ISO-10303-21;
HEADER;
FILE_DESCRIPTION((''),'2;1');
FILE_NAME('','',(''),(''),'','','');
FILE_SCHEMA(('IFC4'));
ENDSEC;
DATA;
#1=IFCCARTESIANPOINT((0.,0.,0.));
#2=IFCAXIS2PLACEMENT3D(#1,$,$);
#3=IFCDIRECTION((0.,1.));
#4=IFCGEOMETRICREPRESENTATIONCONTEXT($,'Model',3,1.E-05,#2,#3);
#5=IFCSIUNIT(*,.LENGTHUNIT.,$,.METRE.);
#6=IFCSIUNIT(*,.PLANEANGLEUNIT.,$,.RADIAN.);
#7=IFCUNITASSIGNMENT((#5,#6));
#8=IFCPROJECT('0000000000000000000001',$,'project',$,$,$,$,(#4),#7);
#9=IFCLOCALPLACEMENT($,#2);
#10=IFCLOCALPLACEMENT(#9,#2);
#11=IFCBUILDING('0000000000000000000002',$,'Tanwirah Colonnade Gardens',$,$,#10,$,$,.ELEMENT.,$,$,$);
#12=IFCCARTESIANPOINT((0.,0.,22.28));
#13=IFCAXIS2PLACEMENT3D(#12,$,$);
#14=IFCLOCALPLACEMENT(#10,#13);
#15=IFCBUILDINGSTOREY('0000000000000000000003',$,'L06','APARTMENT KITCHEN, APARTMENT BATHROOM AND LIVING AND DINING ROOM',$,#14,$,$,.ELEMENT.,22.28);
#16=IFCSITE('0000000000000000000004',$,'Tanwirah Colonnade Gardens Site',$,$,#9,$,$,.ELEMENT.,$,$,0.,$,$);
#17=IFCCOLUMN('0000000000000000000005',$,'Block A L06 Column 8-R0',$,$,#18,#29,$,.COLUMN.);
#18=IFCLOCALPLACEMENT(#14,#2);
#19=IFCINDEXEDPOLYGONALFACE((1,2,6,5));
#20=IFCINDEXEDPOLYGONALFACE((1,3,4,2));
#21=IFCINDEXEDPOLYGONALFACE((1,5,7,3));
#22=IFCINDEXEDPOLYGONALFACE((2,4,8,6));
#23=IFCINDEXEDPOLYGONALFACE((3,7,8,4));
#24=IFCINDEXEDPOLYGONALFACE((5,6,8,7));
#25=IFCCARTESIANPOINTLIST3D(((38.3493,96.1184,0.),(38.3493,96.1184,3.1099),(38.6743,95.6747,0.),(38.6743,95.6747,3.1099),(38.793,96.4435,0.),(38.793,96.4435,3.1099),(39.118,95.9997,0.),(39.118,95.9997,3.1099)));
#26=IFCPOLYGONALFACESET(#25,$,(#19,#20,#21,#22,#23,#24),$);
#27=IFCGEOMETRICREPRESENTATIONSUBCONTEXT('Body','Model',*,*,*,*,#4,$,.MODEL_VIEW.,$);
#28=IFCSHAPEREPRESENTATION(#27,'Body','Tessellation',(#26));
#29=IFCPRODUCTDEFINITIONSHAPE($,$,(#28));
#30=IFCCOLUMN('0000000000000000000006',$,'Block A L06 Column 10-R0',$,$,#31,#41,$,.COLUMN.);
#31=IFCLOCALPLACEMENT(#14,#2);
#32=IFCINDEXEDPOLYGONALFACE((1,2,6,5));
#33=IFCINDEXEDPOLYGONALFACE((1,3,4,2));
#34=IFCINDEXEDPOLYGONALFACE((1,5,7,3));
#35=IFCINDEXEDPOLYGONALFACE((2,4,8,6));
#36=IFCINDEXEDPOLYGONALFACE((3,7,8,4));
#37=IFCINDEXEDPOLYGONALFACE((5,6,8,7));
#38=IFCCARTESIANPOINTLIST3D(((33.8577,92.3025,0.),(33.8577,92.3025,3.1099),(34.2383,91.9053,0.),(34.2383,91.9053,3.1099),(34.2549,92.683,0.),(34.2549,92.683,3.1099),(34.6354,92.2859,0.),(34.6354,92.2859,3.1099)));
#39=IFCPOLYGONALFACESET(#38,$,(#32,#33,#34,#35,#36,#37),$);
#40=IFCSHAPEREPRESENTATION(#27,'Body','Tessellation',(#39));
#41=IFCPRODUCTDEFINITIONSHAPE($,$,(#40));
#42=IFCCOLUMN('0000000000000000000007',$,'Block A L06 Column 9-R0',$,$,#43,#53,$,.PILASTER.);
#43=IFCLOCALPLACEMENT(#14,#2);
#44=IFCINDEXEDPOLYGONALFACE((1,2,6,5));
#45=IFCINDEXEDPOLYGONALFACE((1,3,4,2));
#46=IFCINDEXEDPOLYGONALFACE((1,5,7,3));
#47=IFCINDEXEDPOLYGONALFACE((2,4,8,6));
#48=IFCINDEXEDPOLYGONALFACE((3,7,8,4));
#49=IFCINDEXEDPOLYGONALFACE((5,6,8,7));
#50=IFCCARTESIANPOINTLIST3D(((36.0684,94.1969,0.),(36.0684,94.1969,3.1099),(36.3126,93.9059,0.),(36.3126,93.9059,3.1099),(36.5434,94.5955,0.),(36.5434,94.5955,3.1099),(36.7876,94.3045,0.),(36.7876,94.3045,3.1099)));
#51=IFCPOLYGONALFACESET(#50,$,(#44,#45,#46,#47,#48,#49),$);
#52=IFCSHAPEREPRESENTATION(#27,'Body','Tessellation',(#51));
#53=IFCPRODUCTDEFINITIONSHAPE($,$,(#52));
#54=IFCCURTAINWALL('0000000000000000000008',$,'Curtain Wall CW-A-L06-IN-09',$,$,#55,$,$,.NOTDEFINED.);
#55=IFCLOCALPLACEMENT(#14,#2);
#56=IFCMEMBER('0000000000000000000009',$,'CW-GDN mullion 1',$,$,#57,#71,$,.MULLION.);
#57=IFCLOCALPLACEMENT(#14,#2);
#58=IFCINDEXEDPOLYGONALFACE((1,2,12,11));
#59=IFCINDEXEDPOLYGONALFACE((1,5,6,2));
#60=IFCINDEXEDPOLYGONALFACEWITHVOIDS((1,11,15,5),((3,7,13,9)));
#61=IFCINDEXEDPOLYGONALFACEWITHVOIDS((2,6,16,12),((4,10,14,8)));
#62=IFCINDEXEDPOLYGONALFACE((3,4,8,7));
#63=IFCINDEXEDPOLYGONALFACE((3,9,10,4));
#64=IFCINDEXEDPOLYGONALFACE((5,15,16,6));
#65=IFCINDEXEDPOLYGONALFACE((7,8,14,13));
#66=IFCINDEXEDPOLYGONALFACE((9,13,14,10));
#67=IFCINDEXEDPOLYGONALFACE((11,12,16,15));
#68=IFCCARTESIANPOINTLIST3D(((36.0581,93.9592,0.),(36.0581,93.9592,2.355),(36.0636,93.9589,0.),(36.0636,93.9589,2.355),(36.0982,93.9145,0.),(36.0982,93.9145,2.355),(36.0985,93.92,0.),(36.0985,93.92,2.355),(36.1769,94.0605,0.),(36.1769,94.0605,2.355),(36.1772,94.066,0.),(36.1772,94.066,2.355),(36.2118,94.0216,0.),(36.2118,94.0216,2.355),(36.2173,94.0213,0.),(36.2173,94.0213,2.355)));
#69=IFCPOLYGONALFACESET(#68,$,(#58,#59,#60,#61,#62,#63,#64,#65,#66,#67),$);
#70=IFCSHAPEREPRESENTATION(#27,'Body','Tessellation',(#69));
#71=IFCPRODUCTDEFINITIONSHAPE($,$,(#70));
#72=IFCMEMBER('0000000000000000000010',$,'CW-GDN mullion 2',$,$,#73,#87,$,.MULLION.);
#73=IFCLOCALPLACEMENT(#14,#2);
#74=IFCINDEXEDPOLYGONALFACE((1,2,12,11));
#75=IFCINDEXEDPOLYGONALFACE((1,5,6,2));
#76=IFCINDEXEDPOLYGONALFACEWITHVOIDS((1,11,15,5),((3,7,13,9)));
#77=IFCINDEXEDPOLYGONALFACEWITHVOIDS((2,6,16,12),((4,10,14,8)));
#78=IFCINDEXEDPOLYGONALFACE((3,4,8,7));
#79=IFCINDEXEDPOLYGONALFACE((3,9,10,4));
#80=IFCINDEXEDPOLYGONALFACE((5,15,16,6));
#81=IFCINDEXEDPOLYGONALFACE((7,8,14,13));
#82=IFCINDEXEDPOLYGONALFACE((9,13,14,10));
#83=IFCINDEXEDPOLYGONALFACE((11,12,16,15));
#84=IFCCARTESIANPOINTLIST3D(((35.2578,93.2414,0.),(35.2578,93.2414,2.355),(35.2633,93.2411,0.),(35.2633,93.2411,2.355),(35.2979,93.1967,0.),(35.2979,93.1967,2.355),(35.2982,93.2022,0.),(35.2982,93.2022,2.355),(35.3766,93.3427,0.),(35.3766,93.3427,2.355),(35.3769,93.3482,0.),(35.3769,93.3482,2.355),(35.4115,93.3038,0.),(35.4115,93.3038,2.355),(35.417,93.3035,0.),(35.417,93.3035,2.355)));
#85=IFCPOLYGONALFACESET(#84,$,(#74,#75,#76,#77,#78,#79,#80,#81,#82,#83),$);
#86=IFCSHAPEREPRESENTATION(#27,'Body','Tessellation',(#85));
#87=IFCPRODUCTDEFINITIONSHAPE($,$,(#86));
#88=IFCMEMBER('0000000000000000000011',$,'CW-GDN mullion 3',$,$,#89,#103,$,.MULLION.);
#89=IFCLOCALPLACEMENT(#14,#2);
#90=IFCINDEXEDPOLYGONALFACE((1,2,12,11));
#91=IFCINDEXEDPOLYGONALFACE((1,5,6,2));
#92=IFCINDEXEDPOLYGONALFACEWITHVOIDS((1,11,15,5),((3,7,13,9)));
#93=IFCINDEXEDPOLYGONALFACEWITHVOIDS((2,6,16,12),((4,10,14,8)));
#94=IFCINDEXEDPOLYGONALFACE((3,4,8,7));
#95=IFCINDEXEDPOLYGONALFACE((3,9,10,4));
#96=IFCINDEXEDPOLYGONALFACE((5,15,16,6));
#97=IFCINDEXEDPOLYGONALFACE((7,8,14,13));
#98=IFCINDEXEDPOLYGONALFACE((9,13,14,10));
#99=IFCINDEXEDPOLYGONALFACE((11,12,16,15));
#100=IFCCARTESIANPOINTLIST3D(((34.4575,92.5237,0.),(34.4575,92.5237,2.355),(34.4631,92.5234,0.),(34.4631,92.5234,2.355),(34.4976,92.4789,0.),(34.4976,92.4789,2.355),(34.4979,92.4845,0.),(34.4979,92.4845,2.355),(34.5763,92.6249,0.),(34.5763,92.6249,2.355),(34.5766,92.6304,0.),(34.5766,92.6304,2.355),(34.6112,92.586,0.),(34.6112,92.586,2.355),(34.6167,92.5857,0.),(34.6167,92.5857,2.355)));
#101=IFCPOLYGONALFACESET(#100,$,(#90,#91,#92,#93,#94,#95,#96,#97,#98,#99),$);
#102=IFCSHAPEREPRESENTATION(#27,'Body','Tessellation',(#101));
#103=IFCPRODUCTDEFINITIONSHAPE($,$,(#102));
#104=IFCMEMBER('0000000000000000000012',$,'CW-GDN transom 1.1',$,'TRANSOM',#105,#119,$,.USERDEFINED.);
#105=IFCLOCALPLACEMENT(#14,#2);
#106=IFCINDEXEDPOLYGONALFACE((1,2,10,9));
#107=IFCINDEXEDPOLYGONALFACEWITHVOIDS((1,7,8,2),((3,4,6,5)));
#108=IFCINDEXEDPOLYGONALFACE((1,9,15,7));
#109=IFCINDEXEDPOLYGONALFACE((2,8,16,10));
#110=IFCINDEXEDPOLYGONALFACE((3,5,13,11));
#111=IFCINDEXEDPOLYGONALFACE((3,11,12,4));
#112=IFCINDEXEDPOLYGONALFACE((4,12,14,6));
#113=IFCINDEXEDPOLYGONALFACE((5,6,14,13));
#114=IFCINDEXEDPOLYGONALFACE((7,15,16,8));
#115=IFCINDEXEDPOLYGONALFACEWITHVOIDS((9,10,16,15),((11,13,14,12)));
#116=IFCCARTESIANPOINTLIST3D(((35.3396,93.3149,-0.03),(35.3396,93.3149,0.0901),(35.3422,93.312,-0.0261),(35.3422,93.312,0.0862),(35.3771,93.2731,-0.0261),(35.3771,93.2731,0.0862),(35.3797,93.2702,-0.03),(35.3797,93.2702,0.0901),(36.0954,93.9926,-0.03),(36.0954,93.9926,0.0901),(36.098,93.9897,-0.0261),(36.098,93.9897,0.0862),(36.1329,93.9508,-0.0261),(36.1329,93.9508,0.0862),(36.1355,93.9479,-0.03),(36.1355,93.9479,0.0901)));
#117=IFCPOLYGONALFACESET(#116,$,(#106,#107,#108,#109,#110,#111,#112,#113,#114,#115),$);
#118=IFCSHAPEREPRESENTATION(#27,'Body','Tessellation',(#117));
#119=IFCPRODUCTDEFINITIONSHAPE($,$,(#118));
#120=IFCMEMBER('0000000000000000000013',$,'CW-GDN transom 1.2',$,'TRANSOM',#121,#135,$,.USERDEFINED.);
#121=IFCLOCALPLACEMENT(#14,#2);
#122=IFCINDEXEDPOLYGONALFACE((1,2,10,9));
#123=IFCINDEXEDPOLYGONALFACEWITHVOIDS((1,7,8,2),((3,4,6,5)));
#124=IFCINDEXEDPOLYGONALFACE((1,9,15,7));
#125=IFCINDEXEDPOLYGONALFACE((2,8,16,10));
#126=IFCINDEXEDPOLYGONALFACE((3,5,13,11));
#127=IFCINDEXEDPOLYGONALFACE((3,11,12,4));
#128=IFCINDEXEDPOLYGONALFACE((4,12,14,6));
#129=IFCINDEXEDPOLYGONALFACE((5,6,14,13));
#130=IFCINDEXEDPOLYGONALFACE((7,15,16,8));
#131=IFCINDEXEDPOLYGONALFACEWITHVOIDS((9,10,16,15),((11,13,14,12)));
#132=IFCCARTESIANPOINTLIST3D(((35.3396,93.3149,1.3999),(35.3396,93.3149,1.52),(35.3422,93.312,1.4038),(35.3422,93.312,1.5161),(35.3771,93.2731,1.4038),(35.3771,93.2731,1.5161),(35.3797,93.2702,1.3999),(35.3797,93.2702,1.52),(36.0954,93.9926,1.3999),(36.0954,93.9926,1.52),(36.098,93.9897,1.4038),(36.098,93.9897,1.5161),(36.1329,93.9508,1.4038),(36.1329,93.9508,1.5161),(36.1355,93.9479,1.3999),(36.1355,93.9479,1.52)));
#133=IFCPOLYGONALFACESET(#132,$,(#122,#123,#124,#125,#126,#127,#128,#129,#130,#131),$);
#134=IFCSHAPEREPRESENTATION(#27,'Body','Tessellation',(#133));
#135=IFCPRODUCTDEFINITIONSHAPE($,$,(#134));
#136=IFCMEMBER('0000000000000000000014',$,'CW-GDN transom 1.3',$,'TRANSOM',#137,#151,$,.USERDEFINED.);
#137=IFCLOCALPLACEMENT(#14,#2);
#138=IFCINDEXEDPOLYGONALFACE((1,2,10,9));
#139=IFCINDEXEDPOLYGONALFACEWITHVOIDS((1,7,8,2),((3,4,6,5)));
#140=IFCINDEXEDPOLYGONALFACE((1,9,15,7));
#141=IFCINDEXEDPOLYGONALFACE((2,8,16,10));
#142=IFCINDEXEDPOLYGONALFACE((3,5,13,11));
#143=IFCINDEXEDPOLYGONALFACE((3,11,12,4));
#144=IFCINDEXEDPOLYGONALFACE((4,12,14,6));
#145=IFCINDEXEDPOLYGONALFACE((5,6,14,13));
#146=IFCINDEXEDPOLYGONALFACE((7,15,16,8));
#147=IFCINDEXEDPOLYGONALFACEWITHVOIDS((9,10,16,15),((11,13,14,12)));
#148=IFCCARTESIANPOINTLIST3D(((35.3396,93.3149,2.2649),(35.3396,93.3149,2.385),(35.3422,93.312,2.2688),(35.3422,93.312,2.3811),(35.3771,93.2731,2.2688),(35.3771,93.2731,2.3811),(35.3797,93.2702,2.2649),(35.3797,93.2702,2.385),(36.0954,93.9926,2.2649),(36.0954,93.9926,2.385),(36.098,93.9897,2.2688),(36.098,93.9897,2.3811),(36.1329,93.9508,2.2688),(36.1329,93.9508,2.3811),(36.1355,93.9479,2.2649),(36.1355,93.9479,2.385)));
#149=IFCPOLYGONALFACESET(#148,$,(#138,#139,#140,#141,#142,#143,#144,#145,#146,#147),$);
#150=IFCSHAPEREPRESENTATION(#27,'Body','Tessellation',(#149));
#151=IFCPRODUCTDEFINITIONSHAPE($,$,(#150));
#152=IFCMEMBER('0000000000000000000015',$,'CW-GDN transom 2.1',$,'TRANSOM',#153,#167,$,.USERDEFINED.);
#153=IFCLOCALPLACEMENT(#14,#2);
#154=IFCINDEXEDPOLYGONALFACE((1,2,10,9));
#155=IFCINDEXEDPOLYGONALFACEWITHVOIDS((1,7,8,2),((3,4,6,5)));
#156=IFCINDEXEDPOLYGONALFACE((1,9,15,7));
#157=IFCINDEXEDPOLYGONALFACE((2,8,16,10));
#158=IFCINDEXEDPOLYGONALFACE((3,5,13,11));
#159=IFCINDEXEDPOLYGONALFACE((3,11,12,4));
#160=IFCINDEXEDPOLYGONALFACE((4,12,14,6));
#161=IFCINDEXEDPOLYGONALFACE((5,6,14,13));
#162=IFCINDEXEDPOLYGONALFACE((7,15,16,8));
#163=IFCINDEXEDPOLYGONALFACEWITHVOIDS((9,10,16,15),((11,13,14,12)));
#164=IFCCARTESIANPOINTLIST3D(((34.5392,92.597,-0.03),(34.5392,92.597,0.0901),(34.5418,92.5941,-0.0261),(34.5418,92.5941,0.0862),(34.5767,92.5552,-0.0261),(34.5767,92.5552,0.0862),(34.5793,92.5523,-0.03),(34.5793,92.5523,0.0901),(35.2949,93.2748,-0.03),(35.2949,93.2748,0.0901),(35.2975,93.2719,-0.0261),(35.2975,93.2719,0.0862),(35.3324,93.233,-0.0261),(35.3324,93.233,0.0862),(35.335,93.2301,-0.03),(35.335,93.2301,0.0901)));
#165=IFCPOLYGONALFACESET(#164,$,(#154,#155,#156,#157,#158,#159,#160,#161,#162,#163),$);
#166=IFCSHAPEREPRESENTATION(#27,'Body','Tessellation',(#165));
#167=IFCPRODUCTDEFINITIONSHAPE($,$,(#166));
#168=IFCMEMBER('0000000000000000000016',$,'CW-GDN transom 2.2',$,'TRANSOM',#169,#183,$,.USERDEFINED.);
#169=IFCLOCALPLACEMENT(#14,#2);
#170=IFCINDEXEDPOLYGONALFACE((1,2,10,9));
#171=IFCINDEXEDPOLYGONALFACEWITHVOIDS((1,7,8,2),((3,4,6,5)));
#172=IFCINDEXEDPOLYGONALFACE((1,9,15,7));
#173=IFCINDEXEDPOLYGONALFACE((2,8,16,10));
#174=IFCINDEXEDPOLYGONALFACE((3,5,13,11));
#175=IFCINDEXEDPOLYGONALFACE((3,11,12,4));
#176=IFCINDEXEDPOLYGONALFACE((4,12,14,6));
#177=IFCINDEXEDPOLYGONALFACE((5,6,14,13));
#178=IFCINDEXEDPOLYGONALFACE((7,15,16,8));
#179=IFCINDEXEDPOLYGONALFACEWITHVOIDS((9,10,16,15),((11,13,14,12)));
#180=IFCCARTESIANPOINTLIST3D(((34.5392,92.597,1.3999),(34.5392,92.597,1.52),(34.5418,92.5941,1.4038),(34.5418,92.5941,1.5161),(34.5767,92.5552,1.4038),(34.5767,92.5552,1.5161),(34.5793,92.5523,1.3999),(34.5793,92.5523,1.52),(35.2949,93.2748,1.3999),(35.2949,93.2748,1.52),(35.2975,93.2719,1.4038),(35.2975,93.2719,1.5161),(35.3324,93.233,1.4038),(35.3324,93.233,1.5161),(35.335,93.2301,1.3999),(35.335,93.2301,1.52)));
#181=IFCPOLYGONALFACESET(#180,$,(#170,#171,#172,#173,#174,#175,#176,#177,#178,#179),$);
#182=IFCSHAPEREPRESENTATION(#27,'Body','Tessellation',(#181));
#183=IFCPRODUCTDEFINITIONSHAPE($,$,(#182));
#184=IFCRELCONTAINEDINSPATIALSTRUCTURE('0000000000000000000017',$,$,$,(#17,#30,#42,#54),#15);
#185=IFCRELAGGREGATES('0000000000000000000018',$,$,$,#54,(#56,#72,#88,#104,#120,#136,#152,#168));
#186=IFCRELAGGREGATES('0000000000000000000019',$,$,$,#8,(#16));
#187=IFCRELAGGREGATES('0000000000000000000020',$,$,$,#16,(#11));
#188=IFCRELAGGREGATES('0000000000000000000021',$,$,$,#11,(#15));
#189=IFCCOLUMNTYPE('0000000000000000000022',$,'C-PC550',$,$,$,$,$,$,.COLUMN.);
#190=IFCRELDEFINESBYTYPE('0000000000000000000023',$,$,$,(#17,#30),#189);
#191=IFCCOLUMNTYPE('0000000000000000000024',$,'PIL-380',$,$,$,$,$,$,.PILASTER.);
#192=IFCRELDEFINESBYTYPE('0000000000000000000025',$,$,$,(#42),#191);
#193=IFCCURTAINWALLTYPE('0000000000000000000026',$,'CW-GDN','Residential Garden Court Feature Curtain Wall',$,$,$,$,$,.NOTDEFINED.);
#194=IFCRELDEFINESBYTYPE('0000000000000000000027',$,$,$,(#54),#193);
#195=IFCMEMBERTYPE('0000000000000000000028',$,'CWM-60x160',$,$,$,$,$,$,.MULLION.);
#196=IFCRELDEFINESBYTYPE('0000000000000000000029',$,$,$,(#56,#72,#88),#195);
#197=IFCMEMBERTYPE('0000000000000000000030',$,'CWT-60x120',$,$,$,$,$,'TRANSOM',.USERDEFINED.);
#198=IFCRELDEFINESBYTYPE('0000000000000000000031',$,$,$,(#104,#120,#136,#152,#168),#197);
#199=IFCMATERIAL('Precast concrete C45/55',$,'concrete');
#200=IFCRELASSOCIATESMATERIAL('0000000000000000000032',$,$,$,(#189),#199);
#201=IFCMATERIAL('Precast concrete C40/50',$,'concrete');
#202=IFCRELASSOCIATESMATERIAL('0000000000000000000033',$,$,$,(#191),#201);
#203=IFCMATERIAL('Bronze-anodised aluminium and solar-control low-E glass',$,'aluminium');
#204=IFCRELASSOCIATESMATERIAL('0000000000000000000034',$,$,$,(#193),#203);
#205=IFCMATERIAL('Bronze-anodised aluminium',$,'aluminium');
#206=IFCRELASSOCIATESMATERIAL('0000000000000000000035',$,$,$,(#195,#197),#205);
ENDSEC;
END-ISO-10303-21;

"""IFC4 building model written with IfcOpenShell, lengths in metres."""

from ifc_helpers import new_model, si_unit, direction, frame, origin, origin_2d, place, context, subcontext, project, spatial, rectangle, hollow_rectangle, extrude, material, material_profile, profile_set, type_object, element, aggregate, save


model = new_model("IFC4")

# Units and contexts
model_context = context("Model", 3, precision=1e-05, world=origin(), true_north=direction((0.0, 1.0)))
body_context = subcontext(model_context, "Body", "Model", "MODEL_VIEW")
ifc_project = project(units=[si_unit("LENGTHUNIT", "METRE"), si_unit("PLANEANGLEUNIT", "RADIAN")], contexts=[model_context])

# Site, building, storey
site_placement = place(None, origin())
site = spatial("IfcSite", under=ifc_project, at=site_placement, Name="Tanwirah Colonnade Gardens Site", CompositionType="ELEMENT", RefElevation=0.0)
building_placement = place(site_placement, origin())
building = spatial("IfcBuilding", under=site, at=building_placement, Name="Tanwirah Colonnade Gardens", CompositionType="ELEMENT")
storey_placement = place(building_placement, frame((0.0, 0.0, 22.28)))
storey = spatial("IfcBuildingStorey", under=building, at=storey_placement, Name="L06", Description="APARTMENT KITCHEN, APARTMENT BATHROOM AND LIVING AND DINING ROOM", CompositionType="ELEMENT", Elevation=22.28)

# Columns
ifc_material_1 = material(Name="Precast concrete C45/55", Category="concrete")
ifc_material_profile_1 = material_profile(ifc_material_1, rectangle(XDim=0.55, YDim=0.55, at=origin_2d()), Name="PC-COL 550x550")
ifc_profile_set_1 = profile_set([ifc_material_profile_1], Name="Precast concrete C45/55")
column_type_1 = type_object("IfcColumnType", Name="C-PC550", PredefinedType="COLUMN", material=ifc_profile_set_1)
for number, where, z_axis, x_axis, name in (
    (1, (38.7336, 96.0591, 0.0), (0.0, 0.0, 1.0), (-0.590919, 0.806731, 0.0), "Block A L06 Column 8-R0"),
    (2, (34.2466, 92.2942, 0.0), (0.0, 0.0, 1.0), (-0.691863, 0.722029, 0.0), "Block A L06 Column 10-R0"),
):
    element("IfcColumn", number, at=place(storey_placement, frame(where, z_axis=z_axis, x_axis=x_axis)), inside=storey, type_object=column_type_1, Name=name, PredefinedType="COLUMN", context=body_context, shape_type="SweptSolid", body=[
        extrude(rectangle(XDim=0.55, YDim=0.55, at=origin_2d()), origin(), (0.0, 0.0, 1.0), 3.1099),
    ])
ifc_material_2 = material(Name="Precast concrete C40/50", Category="concrete")
ifc_material_profile_2 = material_profile(ifc_material_2, rectangle(XDim=0.3799, YDim=0.6201, at=origin_2d()), Name="PC-PIL 380x620")
ifc_profile_set_2 = profile_set([ifc_material_profile_2], Name="Precast concrete C40/50")
column_type_2 = type_object("IfcColumnType", Name="PIL-380", PredefinedType="PILASTER", material=ifc_profile_set_2)
column_placement = place(storey_placement, frame((36.428, 94.2507, 0.0), z_axis=(0.0, 0.0, 1.0), x_axis=(-0.642788, 0.766044, 0.0)))
element("IfcColumn", 3, at=column_placement, inside=storey, type_object=column_type_2, Name="Block A L06 Column 9-R0", PredefinedType="PILASTER", context=body_context, shape_type="SweptSolid", body=[
    extrude(rectangle(XDim=0.3799, YDim=0.6201, at=origin_2d()), origin(), (0.0, 0.0, 1.0), 3.1099),
])

# Curtain wall, members
ifc_material_3 = material(Name="Bronze-anodised aluminium and solar-control low-E glass", Category="aluminium")
curtain_wall_type = type_object("IfcCurtainWallType", Name="CW-GDN", Description="Residential Garden Court Feature Curtain Wall", PredefinedType="NOTDEFINED", material=ifc_material_3)
curtain_wall_placement = place(storey_placement, origin())
curtain_wall = element("IfcCurtainWall", 4, at=curtain_wall_placement, inside=storey, type_object=curtain_wall_type, Name="Curtain Wall CW-A-L06-IN-09", PredefinedType="NOTDEFINED")
ifc_material_4 = material(Name="Bronze-anodised aluminium", Category="aluminium")
ifc_material_profile_3 = material_profile(ifc_material_4, hollow_rectangle(XDim=0.0601, YDim=0.1599, WallThickness=0.0039, at=origin_2d()), Name="CW-MUL 60x160x4")
ifc_profile_set_3 = profile_set([ifc_material_profile_3], Name="Bronze-anodised aluminium")
member_type_1 = type_object("IfcMemberType", Name="CWM-60x160", PredefinedType="MULLION", material=ifc_profile_set_3)
member_1_placement = place(storey_placement, frame((36.1377, 93.9902, 0.0), z_axis=(0.0, 0.0, 1.0), x_axis=(0.667689, -0.74444, 0.0)))
member_1 = element("IfcMember", 5, at=member_1_placement, type_object=member_type_1, Name="CW-GDN mullion 1", PredefinedType="MULLION", context=body_context, shape_type="SweptSolid", body=[
    extrude(hollow_rectangle(XDim=0.0601, YDim=0.1599, WallThickness=0.0039, at=origin_2d()), origin(), (0.0, 0.0, 1.0), 2.355),
])
member_2_placement = place(storey_placement, frame((35.3374, 93.2725, 0.0), z_axis=(0.0, 0.0, 1.0), x_axis=(0.667689, -0.74444, 0.0)))
member_2 = element("IfcMember", 6, at=member_2_placement, type_object=member_type_1, Name="CW-GDN mullion 2", PredefinedType="MULLION", context=body_context, shape_type="SweptSolid", body=[
    extrude(hollow_rectangle(XDim=0.0601, YDim=0.1599, WallThickness=0.0039, at=origin_2d()), origin(), (0.0, 0.0, 1.0), 2.355),
])
member_3_placement = place(storey_placement, frame((34.5371, 92.5547, 0.0), z_axis=(0.0, 0.0, 1.0), x_axis=(0.667689, -0.74444, 0.0)))
member_3 = element("IfcMember", 7, at=member_3_placement, type_object=member_type_1, Name="CW-GDN mullion 3", PredefinedType="MULLION", context=body_context, shape_type="SweptSolid", body=[
    extrude(hollow_rectangle(XDim=0.0601, YDim=0.1599, WallThickness=0.0039, at=origin_2d()), origin(), (0.0, 0.0, 1.0), 2.355),
])
ifc_material_profile_4 = material_profile(ifc_material_4, hollow_rectangle(XDim=0.0601, YDim=0.1201, WallThickness=0.0039, at=origin_2d()), Name="CW-TRN 60x120x4")
ifc_profile_set_4 = profile_set([ifc_material_profile_4], Name="Bronze-anodised aluminium")
member_type_2 = type_object("IfcMemberType", Name="CWT-60x120", ElementType="TRANSOM", PredefinedType="USERDEFINED", material=ifc_profile_set_4)
member_4_placement = place(storey_placement, frame((36.1155, 93.9702, 0.03), z_axis=(-0.744536, -0.667582, 0.0), x_axis=(0.667582, -0.744536, 0.0)))
member_4 = element("IfcMember", 8, at=member_4_placement, type_object=member_type_2, Name="CW-GDN transom 1.1", ObjectType="TRANSOM", PredefinedType="USERDEFINED", context=body_context, shape_type="SweptSolid", body=[
    extrude(hollow_rectangle(XDim=0.0601, YDim=0.1201, WallThickness=0.0039, at=origin_2d()), origin(), (0.0, 0.0, 1.0), 1.0151),
])
member_5_placement = place(storey_placement, frame((36.1155, 93.9702, 1.46), z_axis=(-0.744536, -0.667582, 0.0), x_axis=(0.667582, -0.744536, 0.0)))
member_5 = element("IfcMember", 9, at=member_5_placement, type_object=member_type_2, Name="CW-GDN transom 1.2", ObjectType="TRANSOM", PredefinedType="USERDEFINED", context=body_context, shape_type="SweptSolid", body=[
    extrude(hollow_rectangle(XDim=0.0601, YDim=0.1201, WallThickness=0.0039, at=origin_2d()), origin(), (0.0, 0.0, 1.0), 1.0151),
])
member_6_placement = place(storey_placement, frame((36.1155, 93.9702, 2.325), z_axis=(-0.744536, -0.667582, 0.0), x_axis=(0.667582, -0.744536, 0.0)))
member_6 = element("IfcMember", 10, at=member_6_placement, type_object=member_type_2, Name="CW-GDN transom 1.3", ObjectType="TRANSOM", PredefinedType="USERDEFINED", context=body_context, shape_type="SweptSolid", body=[
    extrude(hollow_rectangle(XDim=0.0601, YDim=0.1201, WallThickness=0.0039, at=origin_2d()), origin(), (0.0, 0.0, 1.0), 1.0151),
])
member_7_placement = place(storey_placement, frame((35.3149, 93.2524, 0.03), z_axis=(-0.744429, -0.667701, 0.0), x_axis=(0.667701, -0.744429, 0.0)))
member_7 = element("IfcMember", 11, at=member_7_placement, type_object=member_type_2, Name="CW-GDN transom 2.1", ObjectType="TRANSOM", PredefinedType="USERDEFINED", context=body_context, shape_type="SweptSolid", body=[
    extrude(hollow_rectangle(XDim=0.0601, YDim=0.1201, WallThickness=0.0039, at=origin_2d()), origin(), (0.0, 0.0, 1.0), 1.0151),
])
member_8_placement = place(storey_placement, frame((35.3149, 93.2524, 1.46), z_axis=(-0.744429, -0.667701, 0.0), x_axis=(0.667701, -0.744429, 0.0)))
member_8 = element("IfcMember", 12, at=member_8_placement, type_object=member_type_2, Name="CW-GDN transom 2.2", ObjectType="TRANSOM", PredefinedType="USERDEFINED", context=body_context, shape_type="SweptSolid", body=[
    extrude(hollow_rectangle(XDim=0.0601, YDim=0.1201, WallThickness=0.0039, at=origin_2d()), origin(), (0.0, 0.0, 1.0), 1.0151),
])

aggregate(curtain_wall, [member_1, member_2, member_3, member_4, member_5, member_6, member_7, member_8])

save(model, "model.ifc")
